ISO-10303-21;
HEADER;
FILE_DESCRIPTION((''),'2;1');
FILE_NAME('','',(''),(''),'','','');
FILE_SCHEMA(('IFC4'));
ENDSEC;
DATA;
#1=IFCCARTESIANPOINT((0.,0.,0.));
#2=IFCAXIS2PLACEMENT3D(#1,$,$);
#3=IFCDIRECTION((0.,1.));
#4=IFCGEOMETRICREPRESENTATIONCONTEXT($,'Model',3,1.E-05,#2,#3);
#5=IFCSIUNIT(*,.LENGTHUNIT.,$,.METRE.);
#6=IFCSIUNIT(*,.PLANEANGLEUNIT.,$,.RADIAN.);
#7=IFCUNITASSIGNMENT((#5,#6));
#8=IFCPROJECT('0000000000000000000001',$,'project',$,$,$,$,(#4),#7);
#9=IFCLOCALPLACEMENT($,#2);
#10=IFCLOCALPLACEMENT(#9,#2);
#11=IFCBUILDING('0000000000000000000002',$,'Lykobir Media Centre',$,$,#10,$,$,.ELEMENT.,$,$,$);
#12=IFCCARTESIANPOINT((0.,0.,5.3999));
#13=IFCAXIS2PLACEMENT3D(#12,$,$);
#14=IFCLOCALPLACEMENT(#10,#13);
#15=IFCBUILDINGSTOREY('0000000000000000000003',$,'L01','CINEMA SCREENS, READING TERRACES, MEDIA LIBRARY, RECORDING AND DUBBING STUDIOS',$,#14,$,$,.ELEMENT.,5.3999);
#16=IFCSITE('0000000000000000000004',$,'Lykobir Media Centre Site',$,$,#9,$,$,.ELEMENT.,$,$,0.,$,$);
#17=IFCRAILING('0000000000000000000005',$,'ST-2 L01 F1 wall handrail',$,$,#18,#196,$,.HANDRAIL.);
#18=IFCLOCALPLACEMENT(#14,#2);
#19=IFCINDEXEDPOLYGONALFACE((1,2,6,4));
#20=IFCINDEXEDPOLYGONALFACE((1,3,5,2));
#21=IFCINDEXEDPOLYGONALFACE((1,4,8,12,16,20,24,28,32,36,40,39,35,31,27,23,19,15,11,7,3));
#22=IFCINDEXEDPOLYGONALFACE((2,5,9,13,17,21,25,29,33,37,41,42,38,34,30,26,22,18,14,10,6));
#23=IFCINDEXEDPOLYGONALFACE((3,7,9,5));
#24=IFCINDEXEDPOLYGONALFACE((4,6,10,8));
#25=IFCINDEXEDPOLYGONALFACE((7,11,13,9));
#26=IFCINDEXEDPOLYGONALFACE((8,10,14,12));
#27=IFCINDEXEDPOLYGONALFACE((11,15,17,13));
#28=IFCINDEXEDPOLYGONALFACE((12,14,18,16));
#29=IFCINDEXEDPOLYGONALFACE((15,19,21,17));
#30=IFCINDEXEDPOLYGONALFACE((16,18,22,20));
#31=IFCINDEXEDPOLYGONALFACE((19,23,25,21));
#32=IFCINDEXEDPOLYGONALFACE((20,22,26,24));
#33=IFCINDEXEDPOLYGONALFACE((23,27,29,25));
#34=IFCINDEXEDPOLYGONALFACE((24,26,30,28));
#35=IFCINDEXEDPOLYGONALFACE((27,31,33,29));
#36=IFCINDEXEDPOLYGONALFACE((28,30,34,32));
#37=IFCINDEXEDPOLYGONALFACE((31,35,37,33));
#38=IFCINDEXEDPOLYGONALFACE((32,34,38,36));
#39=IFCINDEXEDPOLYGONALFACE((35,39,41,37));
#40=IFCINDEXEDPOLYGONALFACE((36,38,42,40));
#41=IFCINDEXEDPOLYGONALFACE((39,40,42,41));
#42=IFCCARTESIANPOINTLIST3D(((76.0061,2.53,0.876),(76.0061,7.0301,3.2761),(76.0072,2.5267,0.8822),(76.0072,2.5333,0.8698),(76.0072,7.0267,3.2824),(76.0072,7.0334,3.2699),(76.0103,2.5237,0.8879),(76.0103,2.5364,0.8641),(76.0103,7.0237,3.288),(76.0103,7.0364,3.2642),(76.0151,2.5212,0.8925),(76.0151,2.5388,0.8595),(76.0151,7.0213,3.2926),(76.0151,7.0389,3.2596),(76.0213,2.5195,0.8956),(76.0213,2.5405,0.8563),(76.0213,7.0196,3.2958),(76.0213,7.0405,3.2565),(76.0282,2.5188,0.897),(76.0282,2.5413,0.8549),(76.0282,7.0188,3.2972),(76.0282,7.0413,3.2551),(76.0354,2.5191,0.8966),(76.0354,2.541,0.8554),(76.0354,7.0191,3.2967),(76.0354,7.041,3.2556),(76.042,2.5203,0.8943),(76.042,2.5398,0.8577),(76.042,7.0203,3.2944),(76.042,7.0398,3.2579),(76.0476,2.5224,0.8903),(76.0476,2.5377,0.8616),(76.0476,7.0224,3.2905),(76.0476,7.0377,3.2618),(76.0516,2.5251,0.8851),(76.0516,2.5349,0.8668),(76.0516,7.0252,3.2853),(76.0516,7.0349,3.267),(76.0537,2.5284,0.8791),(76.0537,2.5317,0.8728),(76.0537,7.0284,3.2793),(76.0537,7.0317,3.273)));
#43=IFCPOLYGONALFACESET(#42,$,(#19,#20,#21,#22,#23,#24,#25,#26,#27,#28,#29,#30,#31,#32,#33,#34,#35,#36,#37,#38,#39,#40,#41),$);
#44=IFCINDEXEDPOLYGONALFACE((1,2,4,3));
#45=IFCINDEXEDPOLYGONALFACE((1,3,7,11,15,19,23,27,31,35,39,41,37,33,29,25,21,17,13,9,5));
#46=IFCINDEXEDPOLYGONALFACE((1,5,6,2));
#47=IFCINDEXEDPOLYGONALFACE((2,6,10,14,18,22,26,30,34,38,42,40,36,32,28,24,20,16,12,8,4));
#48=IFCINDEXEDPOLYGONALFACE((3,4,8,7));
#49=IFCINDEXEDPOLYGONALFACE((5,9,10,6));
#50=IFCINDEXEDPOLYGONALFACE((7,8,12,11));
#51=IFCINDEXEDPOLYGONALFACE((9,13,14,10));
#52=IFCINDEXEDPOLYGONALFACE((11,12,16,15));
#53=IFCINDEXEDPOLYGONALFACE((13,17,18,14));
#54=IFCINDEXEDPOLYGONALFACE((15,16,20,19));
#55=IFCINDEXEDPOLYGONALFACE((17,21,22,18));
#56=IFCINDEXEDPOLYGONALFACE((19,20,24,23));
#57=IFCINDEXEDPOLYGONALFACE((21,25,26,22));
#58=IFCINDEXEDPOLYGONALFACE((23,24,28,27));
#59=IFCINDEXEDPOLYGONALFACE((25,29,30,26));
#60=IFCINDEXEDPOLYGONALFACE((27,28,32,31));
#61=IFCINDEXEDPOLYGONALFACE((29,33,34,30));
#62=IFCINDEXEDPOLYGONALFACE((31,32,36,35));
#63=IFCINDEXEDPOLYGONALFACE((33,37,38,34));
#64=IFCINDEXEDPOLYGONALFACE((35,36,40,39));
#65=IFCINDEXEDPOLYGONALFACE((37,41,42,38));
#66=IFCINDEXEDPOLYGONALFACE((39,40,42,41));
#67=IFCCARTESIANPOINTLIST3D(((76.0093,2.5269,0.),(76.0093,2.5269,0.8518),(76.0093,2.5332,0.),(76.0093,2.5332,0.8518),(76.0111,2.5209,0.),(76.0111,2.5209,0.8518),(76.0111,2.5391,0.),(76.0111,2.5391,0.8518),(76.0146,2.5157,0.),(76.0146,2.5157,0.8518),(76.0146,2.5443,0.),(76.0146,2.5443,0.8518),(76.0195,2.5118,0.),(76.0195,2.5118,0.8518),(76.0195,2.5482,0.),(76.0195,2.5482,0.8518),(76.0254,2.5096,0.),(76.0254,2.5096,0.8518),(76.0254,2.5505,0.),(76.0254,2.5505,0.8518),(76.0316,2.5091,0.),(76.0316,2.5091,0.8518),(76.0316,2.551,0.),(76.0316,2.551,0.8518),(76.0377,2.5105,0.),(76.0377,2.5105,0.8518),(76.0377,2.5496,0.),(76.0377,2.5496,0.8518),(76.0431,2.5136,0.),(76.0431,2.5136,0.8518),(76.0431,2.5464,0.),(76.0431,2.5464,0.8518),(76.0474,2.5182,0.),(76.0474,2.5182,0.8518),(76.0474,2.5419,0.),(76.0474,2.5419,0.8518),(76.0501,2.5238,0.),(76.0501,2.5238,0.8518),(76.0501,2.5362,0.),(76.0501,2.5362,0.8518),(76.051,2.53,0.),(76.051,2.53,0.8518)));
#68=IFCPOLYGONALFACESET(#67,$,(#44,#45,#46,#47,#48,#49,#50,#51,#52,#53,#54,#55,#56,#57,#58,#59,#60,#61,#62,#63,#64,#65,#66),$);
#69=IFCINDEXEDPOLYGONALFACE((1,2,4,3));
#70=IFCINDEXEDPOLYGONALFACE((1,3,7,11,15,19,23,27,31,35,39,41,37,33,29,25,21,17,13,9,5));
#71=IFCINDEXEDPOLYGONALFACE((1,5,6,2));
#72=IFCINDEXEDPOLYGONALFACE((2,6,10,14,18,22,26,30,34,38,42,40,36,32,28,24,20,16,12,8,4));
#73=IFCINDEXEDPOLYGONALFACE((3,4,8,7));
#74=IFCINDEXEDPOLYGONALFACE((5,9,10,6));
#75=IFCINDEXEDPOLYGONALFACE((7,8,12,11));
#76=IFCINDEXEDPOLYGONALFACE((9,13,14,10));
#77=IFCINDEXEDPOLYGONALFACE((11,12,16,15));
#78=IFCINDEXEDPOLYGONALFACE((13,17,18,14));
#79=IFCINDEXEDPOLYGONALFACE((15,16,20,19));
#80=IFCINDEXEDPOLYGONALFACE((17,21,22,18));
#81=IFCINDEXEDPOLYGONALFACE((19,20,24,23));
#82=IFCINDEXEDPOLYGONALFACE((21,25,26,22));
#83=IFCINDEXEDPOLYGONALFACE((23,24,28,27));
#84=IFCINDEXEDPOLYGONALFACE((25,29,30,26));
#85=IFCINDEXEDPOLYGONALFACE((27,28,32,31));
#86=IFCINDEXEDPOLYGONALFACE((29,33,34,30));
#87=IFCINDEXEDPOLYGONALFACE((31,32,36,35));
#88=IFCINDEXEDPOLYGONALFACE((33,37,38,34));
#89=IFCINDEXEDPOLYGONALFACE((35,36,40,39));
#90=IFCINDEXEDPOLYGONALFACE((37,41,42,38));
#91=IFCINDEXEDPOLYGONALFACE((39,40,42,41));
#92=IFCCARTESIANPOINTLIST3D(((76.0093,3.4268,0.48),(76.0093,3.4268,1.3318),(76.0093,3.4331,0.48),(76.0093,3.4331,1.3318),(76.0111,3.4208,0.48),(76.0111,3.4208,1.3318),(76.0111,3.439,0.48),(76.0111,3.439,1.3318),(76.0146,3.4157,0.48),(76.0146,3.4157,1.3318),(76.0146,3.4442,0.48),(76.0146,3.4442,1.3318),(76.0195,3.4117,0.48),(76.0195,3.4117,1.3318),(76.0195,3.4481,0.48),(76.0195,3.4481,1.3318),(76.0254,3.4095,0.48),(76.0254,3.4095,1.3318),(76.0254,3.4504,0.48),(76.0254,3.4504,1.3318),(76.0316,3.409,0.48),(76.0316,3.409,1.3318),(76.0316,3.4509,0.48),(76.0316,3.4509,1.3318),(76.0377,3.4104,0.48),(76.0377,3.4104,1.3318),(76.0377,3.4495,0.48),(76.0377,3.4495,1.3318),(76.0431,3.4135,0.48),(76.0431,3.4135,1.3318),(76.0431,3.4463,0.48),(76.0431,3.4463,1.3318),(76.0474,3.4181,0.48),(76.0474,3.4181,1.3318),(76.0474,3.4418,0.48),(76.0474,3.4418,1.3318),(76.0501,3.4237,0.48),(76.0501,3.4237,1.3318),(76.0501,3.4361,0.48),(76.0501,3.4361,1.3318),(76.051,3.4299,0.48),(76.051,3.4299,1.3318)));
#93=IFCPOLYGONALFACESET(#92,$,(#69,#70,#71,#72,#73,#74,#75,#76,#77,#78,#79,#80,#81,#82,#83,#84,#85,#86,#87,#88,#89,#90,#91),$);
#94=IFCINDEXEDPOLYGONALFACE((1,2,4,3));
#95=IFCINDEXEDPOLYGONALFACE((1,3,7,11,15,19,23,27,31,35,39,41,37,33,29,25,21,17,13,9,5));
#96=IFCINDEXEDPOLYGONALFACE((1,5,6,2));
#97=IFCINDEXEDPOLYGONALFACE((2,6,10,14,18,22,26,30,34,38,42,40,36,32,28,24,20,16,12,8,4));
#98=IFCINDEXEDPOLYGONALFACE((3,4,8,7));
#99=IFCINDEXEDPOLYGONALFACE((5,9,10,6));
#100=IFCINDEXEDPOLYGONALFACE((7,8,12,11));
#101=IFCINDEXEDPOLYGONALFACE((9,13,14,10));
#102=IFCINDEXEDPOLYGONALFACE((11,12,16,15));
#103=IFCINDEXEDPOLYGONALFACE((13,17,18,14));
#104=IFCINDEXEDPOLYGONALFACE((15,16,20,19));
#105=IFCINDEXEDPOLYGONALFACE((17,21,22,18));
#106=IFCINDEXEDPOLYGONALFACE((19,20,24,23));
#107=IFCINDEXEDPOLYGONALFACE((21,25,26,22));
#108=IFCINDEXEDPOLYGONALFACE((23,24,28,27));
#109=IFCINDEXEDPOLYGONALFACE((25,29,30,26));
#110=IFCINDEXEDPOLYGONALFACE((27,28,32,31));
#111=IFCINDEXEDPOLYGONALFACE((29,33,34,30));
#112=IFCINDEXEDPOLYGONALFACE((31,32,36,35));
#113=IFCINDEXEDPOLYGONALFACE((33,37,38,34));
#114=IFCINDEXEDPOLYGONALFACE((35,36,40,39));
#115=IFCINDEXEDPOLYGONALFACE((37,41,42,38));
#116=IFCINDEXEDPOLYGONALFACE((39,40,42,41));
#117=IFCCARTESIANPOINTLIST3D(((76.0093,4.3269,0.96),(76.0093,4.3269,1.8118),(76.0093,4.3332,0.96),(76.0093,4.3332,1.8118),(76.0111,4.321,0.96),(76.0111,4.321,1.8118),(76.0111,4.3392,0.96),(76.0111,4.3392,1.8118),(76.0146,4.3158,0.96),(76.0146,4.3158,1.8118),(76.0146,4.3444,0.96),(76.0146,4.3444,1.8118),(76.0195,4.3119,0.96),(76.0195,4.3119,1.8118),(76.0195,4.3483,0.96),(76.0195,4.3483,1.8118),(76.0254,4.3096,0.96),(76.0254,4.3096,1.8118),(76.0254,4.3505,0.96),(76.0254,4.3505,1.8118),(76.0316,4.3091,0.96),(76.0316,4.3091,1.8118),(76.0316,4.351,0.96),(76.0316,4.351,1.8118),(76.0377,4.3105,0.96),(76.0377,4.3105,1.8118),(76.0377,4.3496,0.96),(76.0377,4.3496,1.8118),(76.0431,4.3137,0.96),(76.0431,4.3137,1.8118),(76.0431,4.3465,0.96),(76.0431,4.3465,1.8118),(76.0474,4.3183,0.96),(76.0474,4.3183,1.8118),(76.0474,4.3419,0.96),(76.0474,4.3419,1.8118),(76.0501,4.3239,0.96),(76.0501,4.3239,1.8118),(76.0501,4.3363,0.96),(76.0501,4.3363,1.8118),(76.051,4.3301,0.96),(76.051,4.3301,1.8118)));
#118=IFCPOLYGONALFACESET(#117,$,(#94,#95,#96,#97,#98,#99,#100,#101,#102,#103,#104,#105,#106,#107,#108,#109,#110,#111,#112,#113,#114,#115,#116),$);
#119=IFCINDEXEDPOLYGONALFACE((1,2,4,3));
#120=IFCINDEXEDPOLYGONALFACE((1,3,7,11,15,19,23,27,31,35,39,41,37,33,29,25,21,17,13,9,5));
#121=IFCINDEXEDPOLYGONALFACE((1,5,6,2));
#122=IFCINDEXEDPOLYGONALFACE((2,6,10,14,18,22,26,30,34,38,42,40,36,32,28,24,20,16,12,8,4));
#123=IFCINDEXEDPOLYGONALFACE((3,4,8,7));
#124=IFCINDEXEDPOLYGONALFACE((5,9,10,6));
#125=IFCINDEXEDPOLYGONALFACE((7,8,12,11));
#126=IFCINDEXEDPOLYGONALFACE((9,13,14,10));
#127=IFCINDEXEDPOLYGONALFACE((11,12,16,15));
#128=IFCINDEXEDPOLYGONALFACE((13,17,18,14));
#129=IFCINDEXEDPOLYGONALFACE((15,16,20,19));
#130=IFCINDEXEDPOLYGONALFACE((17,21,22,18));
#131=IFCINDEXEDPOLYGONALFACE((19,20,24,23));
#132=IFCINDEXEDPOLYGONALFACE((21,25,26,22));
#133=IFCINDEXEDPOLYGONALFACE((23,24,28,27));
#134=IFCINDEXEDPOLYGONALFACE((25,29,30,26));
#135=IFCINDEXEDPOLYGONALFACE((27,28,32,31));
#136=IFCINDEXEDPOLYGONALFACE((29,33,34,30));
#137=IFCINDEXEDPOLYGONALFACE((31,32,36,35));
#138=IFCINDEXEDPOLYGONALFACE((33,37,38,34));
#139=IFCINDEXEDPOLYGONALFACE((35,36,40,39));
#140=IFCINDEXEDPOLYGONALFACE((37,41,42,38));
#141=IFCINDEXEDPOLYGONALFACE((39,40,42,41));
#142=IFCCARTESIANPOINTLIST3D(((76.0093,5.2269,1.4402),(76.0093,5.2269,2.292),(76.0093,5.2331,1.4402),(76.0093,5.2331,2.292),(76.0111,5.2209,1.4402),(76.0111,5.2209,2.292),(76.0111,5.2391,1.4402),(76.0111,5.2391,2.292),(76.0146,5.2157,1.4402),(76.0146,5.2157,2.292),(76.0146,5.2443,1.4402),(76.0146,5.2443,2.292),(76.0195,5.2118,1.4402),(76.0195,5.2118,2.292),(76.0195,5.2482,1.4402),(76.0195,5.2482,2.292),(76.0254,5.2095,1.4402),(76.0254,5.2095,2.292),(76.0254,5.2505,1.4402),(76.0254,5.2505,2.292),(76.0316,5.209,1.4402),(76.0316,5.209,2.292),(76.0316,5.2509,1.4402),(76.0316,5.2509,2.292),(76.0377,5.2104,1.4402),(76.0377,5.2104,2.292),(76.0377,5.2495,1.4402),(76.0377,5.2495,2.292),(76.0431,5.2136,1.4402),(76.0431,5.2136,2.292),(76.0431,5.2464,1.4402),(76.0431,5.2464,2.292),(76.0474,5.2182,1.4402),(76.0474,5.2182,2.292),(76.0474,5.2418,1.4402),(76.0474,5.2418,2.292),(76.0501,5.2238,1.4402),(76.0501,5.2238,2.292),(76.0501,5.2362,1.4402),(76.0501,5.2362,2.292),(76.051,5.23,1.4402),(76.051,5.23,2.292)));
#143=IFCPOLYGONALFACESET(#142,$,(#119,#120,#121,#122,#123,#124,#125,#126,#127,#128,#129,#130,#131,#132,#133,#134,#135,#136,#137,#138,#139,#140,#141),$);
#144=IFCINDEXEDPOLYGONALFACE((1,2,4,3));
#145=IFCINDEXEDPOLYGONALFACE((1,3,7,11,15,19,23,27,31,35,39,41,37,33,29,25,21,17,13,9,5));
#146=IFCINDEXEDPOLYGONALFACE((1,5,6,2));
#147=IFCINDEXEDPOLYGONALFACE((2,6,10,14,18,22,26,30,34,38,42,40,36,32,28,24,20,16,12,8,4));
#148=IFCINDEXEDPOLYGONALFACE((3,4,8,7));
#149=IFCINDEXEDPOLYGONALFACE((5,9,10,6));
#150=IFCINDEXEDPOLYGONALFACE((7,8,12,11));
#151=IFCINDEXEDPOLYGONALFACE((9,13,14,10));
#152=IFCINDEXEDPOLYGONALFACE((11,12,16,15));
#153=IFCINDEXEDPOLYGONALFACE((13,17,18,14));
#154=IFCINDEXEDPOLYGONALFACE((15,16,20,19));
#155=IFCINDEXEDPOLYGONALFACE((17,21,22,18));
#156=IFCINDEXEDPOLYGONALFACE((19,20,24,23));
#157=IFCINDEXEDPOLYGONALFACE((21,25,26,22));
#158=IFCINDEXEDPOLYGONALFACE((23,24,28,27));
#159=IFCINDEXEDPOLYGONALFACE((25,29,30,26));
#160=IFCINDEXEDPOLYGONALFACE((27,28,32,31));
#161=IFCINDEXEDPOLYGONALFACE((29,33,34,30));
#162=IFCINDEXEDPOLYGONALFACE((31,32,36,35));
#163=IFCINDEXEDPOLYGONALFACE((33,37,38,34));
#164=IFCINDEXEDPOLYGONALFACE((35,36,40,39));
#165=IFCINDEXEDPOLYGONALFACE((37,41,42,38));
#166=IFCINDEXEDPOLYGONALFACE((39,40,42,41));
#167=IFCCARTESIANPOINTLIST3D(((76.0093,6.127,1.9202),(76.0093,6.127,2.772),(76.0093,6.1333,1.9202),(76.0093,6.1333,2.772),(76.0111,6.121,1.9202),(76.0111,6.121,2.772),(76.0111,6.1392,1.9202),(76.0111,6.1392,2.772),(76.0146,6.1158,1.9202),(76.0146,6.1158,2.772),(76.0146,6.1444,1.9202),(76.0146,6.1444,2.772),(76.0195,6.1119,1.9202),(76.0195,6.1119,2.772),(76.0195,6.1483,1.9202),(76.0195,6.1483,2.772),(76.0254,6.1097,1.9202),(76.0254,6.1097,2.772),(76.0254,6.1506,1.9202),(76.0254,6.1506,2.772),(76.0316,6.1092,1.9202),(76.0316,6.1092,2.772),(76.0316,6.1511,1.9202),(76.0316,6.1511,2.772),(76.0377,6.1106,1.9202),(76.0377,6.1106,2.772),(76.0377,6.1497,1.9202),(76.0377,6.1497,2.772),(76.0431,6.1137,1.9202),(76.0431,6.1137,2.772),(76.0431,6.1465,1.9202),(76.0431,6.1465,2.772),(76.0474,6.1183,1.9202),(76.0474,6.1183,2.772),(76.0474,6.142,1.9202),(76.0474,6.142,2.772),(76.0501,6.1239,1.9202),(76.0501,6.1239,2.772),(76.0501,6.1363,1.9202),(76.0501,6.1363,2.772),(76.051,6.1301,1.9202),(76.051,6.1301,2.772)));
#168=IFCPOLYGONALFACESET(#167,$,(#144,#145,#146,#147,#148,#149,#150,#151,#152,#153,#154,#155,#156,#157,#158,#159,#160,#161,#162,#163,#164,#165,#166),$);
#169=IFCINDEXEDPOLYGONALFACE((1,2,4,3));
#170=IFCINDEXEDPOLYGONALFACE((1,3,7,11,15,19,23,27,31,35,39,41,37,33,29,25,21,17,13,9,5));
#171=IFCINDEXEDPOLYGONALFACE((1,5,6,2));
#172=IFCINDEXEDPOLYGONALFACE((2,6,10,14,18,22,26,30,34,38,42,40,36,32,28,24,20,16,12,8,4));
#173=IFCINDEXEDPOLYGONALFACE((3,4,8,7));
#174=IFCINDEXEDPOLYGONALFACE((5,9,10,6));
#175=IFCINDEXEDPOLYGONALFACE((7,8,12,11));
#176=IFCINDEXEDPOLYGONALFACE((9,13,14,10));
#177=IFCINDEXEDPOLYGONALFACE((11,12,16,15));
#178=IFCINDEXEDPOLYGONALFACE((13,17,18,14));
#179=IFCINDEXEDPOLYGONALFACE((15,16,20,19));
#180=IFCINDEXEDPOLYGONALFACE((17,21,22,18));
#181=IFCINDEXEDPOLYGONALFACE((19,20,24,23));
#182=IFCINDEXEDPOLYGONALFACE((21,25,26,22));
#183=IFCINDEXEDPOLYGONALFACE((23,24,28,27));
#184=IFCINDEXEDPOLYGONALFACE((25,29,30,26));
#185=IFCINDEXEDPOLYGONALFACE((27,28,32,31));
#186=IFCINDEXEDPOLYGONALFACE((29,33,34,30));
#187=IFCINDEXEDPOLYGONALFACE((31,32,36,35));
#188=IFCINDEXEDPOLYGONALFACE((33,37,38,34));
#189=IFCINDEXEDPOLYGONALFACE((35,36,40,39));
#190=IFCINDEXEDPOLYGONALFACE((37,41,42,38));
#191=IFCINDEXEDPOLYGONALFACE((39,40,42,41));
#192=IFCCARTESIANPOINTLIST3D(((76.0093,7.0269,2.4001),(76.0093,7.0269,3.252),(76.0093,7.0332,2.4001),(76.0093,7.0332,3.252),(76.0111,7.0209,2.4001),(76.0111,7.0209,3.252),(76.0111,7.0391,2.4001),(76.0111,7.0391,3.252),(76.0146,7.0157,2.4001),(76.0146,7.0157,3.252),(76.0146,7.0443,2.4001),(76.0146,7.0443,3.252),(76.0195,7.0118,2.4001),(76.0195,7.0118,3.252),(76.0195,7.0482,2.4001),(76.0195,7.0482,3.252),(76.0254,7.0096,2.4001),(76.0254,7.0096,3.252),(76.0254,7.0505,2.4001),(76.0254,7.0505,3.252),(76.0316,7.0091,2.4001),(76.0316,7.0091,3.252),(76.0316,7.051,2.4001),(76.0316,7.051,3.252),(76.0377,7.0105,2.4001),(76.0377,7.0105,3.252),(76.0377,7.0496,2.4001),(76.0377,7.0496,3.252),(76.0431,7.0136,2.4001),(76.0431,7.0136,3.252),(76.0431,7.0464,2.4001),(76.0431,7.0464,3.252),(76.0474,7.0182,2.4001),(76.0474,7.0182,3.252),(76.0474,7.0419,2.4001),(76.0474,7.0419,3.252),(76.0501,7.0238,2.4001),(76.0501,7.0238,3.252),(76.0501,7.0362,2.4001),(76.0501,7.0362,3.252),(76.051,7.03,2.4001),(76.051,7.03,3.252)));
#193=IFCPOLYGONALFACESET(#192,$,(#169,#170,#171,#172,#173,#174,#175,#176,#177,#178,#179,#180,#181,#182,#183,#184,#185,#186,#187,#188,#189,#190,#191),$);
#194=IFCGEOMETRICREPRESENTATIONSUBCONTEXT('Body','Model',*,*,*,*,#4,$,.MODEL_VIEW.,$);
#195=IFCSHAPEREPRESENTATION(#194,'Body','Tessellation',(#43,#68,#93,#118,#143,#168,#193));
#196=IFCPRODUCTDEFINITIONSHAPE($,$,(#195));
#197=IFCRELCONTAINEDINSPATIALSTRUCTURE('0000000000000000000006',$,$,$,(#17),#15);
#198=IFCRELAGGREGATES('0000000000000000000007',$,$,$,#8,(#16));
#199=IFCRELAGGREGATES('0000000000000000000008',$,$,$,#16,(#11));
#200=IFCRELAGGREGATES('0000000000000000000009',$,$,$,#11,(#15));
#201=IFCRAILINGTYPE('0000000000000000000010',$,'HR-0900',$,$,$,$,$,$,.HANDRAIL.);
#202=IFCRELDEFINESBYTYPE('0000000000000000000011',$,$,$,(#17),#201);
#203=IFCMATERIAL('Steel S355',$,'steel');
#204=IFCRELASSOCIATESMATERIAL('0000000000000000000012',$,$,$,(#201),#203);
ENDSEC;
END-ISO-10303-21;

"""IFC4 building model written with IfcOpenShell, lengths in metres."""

from ifc_helpers import new_model, si_unit, direction, frame, origin, origin_2d, place, context, subcontext, project, spatial, circle, extrude, material, type_object, element, save


model = new_model("IFC4")

# Units and contexts
model_context = context("Model", 3, precision=1e-05, world=origin(), true_north=direction((0.0, 1.0)))
body_context = subcontext(model_context, "Body", "Model", "MODEL_VIEW")
ifc_project = project(units=[si_unit("LENGTHUNIT", "METRE"), si_unit("PLANEANGLEUNIT", "RADIAN")], contexts=[model_context])

# Site, building, storey
site_placement = place(None, origin())
site = spatial("IfcSite", under=ifc_project, at=site_placement, Name="Lykobir Media Centre Site", CompositionType="ELEMENT", RefElevation=0.0)
building_placement = place(site_placement, origin())
building = spatial("IfcBuilding", under=site, at=building_placement, Name="Lykobir Media Centre", CompositionType="ELEMENT")
storey_placement = place(building_placement, frame((0.0, 0.0, 5.3999)))
storey = spatial("IfcBuildingStorey", under=building, at=storey_placement, Name="L01", Description="CINEMA SCREENS, READING TERRACES, MEDIA LIBRARY, RECORDING AND DUBBING STUDIOS", CompositionType="ELEMENT", Elevation=5.3999)

# Shared definitions
ifc_material_1 = material(Name="Steel S355", Category="steel")

# Railing
railing_type_1 = type_object("IfcRailingType", Name="HR-0900", PredefinedType="HANDRAIL", material=ifc_material_1)
railing_1_placement = place(storey_placement, frame((76.03, 2.53, 0.0)))
element("IfcRailing", 1, at=railing_1_placement, inside=storey, type_object=railing_type_1, Name="ST-2 L01 F1 wall handrail", PredefinedType="HANDRAIL", context=body_context, shape_type="SweptSolid", body=[
    extrude(circle(Radius=0.0239, at=origin_2d()), frame((0.0, 0.0, 0.876), z_axis=(0.0, 0.882341, 0.470611), x_axis=(-1.0, 0.0, 0.0)), (0.0, 0.0, 1.0), 5.1001),
    extrude(circle(Radius=0.021, at=origin_2d()), origin(), (0.0, 0.0, 1.0), 0.8518),
    extrude(circle(Radius=0.021, at=origin_2d()), frame((0.0, 0.8999, 0.48)), (0.0, 0.0, 1.0), 0.8518),
    extrude(circle(Radius=0.021, at=origin_2d()), frame((0.0, 1.8, 0.96)), (0.0, 0.0, 1.0), 0.8518),
    extrude(circle(Radius=0.021, at=origin_2d()), frame((0.0, 2.7, 1.4402)), (0.0, 0.0, 1.0), 0.8518),
    extrude(circle(Radius=0.021, at=origin_2d()), frame((0.0, 3.6001, 1.9202)), (0.0, 0.0, 1.0), 0.8518),
    extrude(circle(Radius=0.021, at=origin_2d()), frame((0.0, 4.5, 2.4001)), (0.0, 0.0, 1.0), 0.8518),
])

save(model, "model.ifc")
